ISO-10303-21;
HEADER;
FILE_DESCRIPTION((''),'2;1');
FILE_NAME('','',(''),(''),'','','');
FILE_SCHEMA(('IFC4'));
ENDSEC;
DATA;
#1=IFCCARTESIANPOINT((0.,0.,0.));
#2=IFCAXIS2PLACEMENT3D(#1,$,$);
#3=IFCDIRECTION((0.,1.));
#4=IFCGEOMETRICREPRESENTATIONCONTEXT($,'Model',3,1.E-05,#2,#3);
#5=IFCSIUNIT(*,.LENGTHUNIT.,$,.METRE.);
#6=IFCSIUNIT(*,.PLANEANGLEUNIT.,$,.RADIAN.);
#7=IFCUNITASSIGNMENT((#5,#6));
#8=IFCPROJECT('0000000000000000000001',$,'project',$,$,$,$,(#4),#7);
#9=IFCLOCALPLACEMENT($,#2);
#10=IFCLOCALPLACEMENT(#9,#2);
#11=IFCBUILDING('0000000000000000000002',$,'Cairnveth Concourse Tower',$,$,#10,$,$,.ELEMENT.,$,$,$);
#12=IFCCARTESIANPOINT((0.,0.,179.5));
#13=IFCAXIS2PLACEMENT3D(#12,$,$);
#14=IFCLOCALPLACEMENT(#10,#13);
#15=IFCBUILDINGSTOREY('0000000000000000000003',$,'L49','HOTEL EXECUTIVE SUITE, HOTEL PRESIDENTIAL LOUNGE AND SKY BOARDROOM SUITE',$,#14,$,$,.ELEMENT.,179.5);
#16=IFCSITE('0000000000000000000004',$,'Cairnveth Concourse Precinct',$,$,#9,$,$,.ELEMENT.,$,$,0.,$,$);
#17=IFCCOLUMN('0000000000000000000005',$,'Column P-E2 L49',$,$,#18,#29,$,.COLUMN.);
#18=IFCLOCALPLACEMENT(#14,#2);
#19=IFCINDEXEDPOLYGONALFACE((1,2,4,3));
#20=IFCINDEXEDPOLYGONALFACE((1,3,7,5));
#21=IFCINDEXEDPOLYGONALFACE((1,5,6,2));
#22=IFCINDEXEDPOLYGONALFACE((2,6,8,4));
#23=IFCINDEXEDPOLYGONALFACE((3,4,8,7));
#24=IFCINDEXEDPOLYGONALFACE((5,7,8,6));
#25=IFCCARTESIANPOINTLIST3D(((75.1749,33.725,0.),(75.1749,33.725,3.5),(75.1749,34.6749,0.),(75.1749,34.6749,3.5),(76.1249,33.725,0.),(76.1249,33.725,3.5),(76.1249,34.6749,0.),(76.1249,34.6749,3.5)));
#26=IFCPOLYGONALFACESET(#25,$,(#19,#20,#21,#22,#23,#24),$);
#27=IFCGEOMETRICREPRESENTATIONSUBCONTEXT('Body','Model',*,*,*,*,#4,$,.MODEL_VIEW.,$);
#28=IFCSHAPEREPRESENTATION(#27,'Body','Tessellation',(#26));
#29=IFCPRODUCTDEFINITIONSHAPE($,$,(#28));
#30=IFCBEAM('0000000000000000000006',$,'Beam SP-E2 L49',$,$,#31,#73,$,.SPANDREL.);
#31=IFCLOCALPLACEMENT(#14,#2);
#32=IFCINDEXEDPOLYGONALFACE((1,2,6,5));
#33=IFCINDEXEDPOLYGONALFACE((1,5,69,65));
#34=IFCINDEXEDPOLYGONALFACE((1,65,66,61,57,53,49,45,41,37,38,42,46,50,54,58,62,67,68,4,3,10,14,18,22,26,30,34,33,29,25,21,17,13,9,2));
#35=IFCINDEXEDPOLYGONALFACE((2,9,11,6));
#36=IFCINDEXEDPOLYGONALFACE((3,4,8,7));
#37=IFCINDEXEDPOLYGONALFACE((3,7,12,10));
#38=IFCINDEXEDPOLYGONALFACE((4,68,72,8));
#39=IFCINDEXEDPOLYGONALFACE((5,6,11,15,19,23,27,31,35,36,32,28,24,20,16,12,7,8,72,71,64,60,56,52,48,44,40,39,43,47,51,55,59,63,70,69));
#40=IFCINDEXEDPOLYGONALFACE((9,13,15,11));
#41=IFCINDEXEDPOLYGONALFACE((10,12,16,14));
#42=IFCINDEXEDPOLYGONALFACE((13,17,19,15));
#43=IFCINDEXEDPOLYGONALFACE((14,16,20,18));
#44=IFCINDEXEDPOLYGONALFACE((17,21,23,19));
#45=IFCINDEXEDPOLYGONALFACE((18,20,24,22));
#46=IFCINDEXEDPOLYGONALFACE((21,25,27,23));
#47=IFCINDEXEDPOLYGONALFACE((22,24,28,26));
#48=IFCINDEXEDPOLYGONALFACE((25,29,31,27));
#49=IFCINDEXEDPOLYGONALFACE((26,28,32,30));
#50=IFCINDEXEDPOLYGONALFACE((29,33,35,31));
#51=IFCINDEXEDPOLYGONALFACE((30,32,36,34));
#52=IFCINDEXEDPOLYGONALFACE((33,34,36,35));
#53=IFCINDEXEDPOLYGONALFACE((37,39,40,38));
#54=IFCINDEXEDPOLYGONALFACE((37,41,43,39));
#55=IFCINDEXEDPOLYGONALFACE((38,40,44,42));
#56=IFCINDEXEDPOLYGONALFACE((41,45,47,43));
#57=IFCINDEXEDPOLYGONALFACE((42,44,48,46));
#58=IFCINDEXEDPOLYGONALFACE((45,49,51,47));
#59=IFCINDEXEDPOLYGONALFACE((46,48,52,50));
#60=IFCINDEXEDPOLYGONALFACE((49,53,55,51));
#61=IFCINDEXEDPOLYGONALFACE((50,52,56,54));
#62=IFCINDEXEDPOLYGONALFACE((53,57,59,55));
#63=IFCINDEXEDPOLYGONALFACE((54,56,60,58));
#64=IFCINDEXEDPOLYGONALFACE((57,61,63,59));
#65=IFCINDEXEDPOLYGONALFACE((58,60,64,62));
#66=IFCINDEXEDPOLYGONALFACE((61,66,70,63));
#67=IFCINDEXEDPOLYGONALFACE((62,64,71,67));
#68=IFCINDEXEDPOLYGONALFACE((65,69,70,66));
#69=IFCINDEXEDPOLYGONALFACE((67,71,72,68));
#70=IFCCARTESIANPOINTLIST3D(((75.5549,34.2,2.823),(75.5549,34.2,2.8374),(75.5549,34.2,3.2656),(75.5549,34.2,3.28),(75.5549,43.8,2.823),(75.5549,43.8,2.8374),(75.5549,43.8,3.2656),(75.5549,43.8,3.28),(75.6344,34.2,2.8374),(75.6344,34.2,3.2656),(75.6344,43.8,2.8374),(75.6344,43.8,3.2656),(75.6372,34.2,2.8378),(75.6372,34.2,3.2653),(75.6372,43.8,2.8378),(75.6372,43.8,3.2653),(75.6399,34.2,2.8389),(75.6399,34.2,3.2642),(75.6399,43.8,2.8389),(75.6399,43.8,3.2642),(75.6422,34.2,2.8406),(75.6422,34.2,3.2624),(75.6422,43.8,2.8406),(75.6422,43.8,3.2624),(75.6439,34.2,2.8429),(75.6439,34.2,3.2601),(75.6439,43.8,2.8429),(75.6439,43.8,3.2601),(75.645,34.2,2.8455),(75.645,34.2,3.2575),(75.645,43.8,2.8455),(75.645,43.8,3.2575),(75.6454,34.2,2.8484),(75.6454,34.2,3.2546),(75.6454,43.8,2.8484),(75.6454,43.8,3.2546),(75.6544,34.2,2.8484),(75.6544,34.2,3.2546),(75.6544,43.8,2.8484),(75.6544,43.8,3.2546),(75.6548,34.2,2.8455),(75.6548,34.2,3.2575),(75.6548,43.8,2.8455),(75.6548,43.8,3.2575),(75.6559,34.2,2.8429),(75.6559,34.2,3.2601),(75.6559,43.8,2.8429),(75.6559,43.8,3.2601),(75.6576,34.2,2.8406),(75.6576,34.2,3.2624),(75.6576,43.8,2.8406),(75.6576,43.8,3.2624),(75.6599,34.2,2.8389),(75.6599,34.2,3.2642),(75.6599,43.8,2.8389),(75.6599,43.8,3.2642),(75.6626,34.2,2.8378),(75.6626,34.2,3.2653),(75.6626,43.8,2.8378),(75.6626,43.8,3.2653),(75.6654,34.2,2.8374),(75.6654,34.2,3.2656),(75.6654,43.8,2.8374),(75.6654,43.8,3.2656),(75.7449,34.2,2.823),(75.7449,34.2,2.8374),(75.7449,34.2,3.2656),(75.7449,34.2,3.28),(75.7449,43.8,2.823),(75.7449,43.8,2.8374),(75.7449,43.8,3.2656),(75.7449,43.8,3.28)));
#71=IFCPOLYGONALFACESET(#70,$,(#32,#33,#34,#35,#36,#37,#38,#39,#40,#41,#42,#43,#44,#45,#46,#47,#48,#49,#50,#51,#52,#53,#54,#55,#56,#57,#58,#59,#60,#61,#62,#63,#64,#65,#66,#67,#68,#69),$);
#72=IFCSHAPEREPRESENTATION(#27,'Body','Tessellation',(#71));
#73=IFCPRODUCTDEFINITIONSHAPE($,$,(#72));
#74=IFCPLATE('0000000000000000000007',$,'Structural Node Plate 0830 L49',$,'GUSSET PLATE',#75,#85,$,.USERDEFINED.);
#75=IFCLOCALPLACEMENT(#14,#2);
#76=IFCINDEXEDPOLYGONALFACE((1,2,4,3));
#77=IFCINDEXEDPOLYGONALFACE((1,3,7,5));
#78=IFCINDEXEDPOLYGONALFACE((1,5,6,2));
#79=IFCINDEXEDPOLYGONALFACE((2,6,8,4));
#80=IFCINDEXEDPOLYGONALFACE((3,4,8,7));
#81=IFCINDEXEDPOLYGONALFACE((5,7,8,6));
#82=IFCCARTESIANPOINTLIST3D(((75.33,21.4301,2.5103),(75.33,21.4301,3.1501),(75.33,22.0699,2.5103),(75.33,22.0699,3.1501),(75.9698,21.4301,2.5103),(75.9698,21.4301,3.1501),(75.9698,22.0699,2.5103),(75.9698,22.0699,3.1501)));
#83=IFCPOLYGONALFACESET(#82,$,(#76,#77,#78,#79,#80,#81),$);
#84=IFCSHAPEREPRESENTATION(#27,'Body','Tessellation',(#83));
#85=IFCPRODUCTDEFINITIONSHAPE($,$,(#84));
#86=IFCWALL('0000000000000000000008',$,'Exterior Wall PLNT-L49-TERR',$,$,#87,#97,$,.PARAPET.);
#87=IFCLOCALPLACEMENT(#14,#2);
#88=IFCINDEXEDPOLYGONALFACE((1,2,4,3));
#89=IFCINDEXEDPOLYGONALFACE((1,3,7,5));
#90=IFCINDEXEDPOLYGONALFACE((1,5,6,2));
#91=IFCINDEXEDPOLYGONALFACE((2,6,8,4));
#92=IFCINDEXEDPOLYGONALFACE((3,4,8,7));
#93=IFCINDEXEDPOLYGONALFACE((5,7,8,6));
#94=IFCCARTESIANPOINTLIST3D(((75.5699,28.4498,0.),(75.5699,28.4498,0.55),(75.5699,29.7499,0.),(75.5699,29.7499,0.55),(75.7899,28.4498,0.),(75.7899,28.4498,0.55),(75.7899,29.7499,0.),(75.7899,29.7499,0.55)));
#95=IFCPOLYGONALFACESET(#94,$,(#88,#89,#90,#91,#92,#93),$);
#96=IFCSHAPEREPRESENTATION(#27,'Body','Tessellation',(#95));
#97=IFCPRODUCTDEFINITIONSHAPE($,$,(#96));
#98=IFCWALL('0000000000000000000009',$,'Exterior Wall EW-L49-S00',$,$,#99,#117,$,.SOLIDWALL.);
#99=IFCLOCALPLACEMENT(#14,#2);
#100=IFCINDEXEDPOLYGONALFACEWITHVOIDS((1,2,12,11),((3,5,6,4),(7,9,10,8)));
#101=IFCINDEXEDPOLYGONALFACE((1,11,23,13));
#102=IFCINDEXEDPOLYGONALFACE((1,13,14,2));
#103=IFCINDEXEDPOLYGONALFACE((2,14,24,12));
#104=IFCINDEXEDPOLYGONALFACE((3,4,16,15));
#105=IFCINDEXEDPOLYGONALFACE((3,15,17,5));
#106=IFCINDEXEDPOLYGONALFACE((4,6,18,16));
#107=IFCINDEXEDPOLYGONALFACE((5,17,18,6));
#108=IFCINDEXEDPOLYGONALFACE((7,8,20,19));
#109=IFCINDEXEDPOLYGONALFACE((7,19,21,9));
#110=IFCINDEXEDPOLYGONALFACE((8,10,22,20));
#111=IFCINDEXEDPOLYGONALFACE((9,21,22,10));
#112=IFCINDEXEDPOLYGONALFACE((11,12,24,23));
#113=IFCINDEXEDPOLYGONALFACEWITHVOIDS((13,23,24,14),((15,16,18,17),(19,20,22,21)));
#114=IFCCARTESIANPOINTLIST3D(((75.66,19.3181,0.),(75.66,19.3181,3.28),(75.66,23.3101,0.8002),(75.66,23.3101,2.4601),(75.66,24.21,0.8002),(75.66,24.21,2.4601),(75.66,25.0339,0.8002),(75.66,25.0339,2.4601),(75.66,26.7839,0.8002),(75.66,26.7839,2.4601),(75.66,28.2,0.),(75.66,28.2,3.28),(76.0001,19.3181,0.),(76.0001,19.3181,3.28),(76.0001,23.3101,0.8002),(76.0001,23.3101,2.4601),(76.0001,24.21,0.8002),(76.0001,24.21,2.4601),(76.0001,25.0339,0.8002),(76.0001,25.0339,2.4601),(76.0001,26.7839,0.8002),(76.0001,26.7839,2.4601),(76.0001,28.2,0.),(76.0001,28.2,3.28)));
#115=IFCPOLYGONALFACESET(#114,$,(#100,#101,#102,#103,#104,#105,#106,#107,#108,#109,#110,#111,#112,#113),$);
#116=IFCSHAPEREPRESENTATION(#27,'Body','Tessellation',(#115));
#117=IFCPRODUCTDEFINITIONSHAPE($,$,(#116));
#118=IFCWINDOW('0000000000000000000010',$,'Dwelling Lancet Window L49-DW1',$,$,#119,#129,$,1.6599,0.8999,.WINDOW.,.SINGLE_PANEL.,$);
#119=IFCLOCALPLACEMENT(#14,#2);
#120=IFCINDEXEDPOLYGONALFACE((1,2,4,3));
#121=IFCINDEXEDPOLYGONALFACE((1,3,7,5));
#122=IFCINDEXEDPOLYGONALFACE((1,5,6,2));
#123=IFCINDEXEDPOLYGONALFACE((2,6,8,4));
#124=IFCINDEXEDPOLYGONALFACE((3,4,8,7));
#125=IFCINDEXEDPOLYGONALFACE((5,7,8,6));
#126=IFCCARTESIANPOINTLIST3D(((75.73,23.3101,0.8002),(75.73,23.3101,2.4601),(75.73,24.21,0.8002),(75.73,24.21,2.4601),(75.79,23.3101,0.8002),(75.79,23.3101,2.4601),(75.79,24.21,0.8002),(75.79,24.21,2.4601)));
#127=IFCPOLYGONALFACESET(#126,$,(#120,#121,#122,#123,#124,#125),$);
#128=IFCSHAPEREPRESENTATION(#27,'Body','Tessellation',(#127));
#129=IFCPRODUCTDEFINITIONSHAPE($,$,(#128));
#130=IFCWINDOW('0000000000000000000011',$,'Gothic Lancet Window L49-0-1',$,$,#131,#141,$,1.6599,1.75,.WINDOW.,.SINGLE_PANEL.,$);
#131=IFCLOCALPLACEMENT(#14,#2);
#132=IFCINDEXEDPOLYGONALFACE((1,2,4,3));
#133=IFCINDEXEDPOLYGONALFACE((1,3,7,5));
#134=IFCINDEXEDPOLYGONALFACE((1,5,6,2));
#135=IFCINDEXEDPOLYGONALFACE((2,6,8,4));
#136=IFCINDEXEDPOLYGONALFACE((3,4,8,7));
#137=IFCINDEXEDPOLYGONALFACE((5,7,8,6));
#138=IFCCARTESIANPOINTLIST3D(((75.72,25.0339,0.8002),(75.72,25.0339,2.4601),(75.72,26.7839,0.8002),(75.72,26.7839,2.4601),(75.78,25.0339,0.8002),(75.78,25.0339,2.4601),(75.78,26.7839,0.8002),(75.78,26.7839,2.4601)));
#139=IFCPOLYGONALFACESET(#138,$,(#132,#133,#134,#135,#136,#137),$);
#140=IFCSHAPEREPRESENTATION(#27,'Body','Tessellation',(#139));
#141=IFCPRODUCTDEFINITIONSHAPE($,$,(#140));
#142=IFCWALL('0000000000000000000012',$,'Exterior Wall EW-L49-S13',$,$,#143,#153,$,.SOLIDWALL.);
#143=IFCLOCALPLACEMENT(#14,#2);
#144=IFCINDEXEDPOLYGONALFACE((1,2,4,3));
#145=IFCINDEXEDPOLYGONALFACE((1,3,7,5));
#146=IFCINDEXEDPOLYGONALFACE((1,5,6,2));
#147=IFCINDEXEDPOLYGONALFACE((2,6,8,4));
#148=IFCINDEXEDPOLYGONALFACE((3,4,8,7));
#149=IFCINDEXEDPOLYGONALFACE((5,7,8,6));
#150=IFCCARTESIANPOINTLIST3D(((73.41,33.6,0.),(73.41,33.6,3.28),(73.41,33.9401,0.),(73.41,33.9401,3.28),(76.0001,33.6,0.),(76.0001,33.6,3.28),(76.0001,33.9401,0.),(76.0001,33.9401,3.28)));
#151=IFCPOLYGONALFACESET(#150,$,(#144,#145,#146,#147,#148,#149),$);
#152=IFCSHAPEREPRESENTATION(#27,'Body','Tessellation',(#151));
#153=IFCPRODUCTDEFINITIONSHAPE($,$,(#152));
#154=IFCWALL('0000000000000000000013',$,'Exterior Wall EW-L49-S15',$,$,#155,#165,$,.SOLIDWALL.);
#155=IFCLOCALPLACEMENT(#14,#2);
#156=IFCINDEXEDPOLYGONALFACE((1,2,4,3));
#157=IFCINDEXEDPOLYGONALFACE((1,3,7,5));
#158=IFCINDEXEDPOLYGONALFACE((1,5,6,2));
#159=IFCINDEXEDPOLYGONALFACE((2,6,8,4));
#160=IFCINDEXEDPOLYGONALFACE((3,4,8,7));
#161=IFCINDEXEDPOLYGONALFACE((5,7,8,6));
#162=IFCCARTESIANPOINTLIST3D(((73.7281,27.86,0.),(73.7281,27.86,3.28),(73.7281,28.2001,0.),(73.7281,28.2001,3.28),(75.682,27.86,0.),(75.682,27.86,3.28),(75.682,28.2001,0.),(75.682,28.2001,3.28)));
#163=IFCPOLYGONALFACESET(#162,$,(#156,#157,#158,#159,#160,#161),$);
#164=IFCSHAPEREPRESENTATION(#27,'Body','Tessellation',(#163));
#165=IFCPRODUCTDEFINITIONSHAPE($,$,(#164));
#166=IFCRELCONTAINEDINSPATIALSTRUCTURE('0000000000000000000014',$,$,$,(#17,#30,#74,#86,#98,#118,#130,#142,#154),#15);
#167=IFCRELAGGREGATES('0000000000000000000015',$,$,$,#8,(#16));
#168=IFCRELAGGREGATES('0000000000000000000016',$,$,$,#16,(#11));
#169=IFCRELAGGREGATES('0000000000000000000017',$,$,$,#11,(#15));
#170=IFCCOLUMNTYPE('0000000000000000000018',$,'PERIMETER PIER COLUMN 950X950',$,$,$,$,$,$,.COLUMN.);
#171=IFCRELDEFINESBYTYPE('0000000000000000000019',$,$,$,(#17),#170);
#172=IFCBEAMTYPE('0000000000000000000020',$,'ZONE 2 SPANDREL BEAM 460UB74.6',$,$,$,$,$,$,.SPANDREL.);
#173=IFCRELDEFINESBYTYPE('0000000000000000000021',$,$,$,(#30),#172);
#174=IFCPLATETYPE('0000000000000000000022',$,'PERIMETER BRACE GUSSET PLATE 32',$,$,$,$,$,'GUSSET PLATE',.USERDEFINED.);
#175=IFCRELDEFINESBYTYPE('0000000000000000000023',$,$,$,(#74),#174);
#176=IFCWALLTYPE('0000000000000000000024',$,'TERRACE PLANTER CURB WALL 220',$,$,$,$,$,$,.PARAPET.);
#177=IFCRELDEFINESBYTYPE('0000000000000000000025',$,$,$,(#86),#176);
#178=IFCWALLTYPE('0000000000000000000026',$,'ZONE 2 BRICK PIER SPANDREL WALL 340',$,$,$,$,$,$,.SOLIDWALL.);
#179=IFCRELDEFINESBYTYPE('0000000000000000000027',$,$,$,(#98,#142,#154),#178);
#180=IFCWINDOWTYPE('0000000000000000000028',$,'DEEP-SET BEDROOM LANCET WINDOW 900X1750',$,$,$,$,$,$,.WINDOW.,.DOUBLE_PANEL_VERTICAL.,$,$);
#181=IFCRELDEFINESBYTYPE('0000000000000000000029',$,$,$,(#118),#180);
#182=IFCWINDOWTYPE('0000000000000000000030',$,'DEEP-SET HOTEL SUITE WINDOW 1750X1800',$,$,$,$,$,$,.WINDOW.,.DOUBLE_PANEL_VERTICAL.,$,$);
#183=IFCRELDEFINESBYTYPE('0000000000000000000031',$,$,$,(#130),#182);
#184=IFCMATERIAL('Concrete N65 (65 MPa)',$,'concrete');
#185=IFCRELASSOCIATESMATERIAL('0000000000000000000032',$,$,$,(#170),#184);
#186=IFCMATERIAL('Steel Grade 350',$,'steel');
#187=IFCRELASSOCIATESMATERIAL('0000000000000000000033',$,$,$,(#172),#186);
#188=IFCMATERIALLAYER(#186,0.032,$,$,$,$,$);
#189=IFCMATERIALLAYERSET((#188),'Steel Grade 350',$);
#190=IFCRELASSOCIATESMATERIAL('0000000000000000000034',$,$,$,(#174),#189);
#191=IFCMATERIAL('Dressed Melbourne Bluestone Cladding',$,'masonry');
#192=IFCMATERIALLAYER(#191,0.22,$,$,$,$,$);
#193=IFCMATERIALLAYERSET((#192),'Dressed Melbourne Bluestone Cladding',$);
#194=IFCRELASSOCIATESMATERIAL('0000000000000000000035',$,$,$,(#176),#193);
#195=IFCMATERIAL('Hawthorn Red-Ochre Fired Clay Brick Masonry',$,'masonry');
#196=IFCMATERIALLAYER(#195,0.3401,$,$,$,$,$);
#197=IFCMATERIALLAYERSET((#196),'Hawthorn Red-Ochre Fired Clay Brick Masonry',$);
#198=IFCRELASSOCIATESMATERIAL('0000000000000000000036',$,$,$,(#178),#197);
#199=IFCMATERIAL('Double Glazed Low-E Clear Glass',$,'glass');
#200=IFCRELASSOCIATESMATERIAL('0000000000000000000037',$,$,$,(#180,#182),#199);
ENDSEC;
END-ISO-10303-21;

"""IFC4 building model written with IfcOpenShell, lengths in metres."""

from ifc_helpers import new_model, si_unit, direction, frame, frame_2d, origin, origin_2d, place, context, subcontext, project, spatial, rectangle, i_section, extrude, material, layer, layer_set, material_profile, profile_set, type_object, element, fill, save


model = new_model("IFC4")

# Units and contexts
model_context = context("Model", 3, precision=1e-05, world=origin(), true_north=direction((0.0, 1.0)))
body_context = subcontext(model_context, "Body", "Model", "MODEL_VIEW")
ifc_project = project(units=[si_unit("LENGTHUNIT", "METRE"), si_unit("PLANEANGLEUNIT", "RADIAN")], contexts=[model_context])

# Site, building, storey
site_placement = place(None, origin())
site = spatial("IfcSite", under=ifc_project, at=site_placement, Name="Cairnveth Concourse Precinct", CompositionType="ELEMENT", RefElevation=0.0)
building_placement = place(site_placement, origin())
building = spatial("IfcBuilding", under=site, at=building_placement, Name="Cairnveth Concourse Tower", CompositionType="ELEMENT")
storey_placement = place(building_placement, frame((0.0, 0.0, 179.5)))
storey = spatial("IfcBuildingStorey", under=building, at=storey_placement, Name="L49", Description="HOTEL EXECUTIVE SUITE, HOTEL PRESIDENTIAL LOUNGE AND SKY BOARDROOM SUITE", CompositionType="ELEMENT", Elevation=179.5)

# Column
ifc_material_1 = material(Name="Concrete N65 (65 MPa)", Category="concrete")
ifc_material_profile_1 = material_profile(ifc_material_1, rectangle(XDim=0.95, YDim=0.95, at=origin_2d()), Name="RC-COL-950x950")
ifc_profile_set_1 = profile_set([ifc_material_profile_1], Name="Concrete N65 (65 MPa)")
column_type = type_object("IfcColumnType", Name="PERIMETER PIER COLUMN 950X950", PredefinedType="COLUMN", material=ifc_profile_set_1)
column_placement = place(storey_placement, frame((75.6499, 34.2, 0.0), z_axis=(0.0, 0.0, 1.0), x_axis=(0.0, 1.0, 0.0)))
element("IfcColumn", 1, at=column_placement, inside=storey, type_object=column_type, Name="Column P-E2 L49", PredefinedType="COLUMN", context=body_context, shape_type="SweptSolid", body=[
    extrude(rectangle(XDim=0.95, YDim=0.95, at=origin_2d()), origin(), (0.0, 0.0, 1.0), 3.5),
])

# Beam
ifc_material_2 = material(Name="Steel Grade 350", Category="steel")
ifc_material_profile_2 = material_profile(ifc_material_2, i_section(OverallWidth=0.1899, OverallDepth=0.457, WebThickness=0.009, FlangeThickness=0.0144, FilletRadius=0.011, at=origin_2d()), Name="460UB74.6")
ifc_profile_set_2 = profile_set([ifc_material_profile_2], Name="Steel Grade 350")
beam_type = type_object("IfcBeamType", Name="ZONE 2 SPANDREL BEAM 460UB74.6", PredefinedType="SPANDREL", material=ifc_profile_set_2)
beam_placement = place(storey_placement, frame((75.6499, 34.2, 3.0515), z_axis=(0.0, 1.0, 0.0), x_axis=(-1.0, 0.0, 0.0)))
element("IfcBeam", 2, at=beam_placement, inside=storey, type_object=beam_type, Name="Beam SP-E2 L49", PredefinedType="SPANDREL", context=body_context, shape_type="SweptSolid", body=[
    extrude(i_section(OverallWidth=0.1899, OverallDepth=0.457, WebThickness=0.009, FlangeThickness=0.0144, FilletRadius=0.011, at=origin_2d()), origin(), (0.0, 0.0, 1.0), 9.6001),
])

# Plate
ifc_layer_1 = layer(ifc_material_2, 0.032)
ifc_layer_set_1 = layer_set([ifc_layer_1], Name="Steel Grade 350")
plate_type = type_object("IfcPlateType", Name="PERIMETER BRACE GUSSET PLATE 32", ElementType="GUSSET PLATE", PredefinedType="USERDEFINED", material=ifc_layer_set_1)
plate_placement = place(storey_placement, frame((75.6499, 21.75, 2.5103), z_axis=(0.0, 0.0, 1.0), x_axis=(1.0, 0.0, 0.0)))
element("IfcPlate", 3, at=plate_placement, inside=storey, type_object=plate_type, Name="Structural Node Plate 0830 L49", ObjectType="GUSSET PLATE", PredefinedType="USERDEFINED", context=body_context, shape_type="SweptSolid", body=[
    extrude(rectangle(XDim=0.6399, YDim=0.6399, at=origin_2d()), origin(), (0.0, 0.0, 1.0), 0.6399),
])

# Wall
ifc_material_3 = material(Name="Dressed Melbourne Bluestone Cladding", Category="masonry")
ifc_layer_2 = layer(ifc_material_3, 0.22)
ifc_layer_set_2 = layer_set([ifc_layer_2], Name="Dressed Melbourne Bluestone Cladding")
wall_type_1 = type_object("IfcWallType", Name="TERRACE PLANTER CURB WALL 220", PredefinedType="PARAPET", material=ifc_layer_set_2)
wall_1_placement = place(storey_placement, frame((75.6799, 28.45, 0.0), z_axis=(0.0, 0.0, 1.0), x_axis=(0.0, 1.0, 0.0)))
element("IfcWall", 4, at=wall_1_placement, inside=storey, type_object=wall_type_1, Name="Exterior Wall PLNT-L49-TERR", PredefinedType="PARAPET", context=body_context, shape_type="SweptSolid", body=[
    extrude(rectangle(XDim=1.3, YDim=0.22, at=frame_2d((0.6499, 0.0))), origin(), (0.0, 0.0, 1.0), 0.55),
])

# Wall, openings, windows
ifc_material_4 = material(Name="Hawthorn Red-Ochre Fired Clay Brick Masonry", Category="masonry")
ifc_layer_3 = layer(ifc_material_4, 0.3401)
ifc_layer_set_3 = layer_set([ifc_layer_3], Name="Hawthorn Red-Ochre Fired Clay Brick Masonry")
wall_type_2 = type_object("IfcWallType", Name="ZONE 2 BRICK PIER SPANDREL WALL 340", PredefinedType="SOLIDWALL", material=ifc_layer_set_3)
wall_2_placement = place(storey_placement, frame((75.8301, 28.2, 0.0), z_axis=(0.0, 0.0, 1.0), x_axis=(0.0, -1.0, 0.0)))
wall_2 = element("IfcWall", 5, at=wall_2_placement, inside=storey, type_object=wall_type_2, Name="Exterior Wall EW-L49-S00", PredefinedType="SOLIDWALL", context=body_context, shape_type="SweptSolid", body=[
    extrude(rectangle(XDim=8.8818, YDim=0.3401, at=frame_2d((4.4409, 0.0))), origin(), (0.0, 0.0, 1.0), 3.28),
])
opening_1_placement = place(wall_2_placement, frame((1.416, 0.0, 0.8)))
opening_1 = element("IfcOpeningElement", 6, at=opening_1_placement, cuts=wall_2, PredefinedType="OPENING", context=body_context, shape_type="SweptSolid", body=[
    extrude(rectangle(XDim=1.75, YDim=1.6599, at=frame_2d((0.875, 0.8301))), frame((0.0, 0.1799, 0.0), z_axis=(0.0, -1.0, 0.0), x_axis=(1.0, 0.0, 0.0)), (0.0, 0.0, 1.0), 0.3601),
])
opening_2_placement = place(wall_2_placement, frame((3.99, 0.0, 0.8)))
opening_2 = element("IfcOpeningElement", 7, at=opening_2_placement, cuts=wall_2, PredefinedType="OPENING", context=body_context, shape_type="SweptSolid", body=[
    extrude(rectangle(XDim=0.8999, YDim=1.6599, at=frame_2d((0.45, 0.8301))), frame((0.0, 0.1799, 0.0), z_axis=(0.0, -1.0, 0.0), x_axis=(1.0, 0.0, 0.0)), (0.0, 0.0, 1.0), 0.3601),
])
ifc_material_5 = material(Name="Double Glazed Low-E Clear Glass", Category="glass")
window_type_1 = type_object("IfcWindowType", Name="DEEP-SET BEDROOM LANCET WINDOW 900X1750", PartitioningType="DOUBLE_PANEL_VERTICAL", PredefinedType="WINDOW", material=ifc_material_5)
window_1_placement = place(opening_2_placement, origin())
window_1 = element("IfcWindow", 8, at=window_1_placement, inside=storey, type_object=window_type_1, Name="Dwelling Lancet Window L49-DW1", OverallHeight=1.6599, OverallWidth=0.8999, PartitioningType="SINGLE_PANEL", PredefinedType="WINDOW", context=body_context, shape_type="SweptSolid", body=[
    extrude(rectangle(XDim=0.8999, YDim=1.6599, at=frame_2d((0.45, 0.8301))), frame((0.0, -0.04, 0.0), z_axis=(0.0, -1.0, 0.0), x_axis=(1.0, 0.0, 0.0)), (0.0, 0.0, 1.0), 0.0601),
])
fill(opening_2, window_1)
window_type_2 = type_object("IfcWindowType", Name="DEEP-SET HOTEL SUITE WINDOW 1750X1800", PartitioningType="DOUBLE_PANEL_VERTICAL", PredefinedType="WINDOW", material=ifc_material_5)
window_2_placement = place(opening_1_placement, origin())
window_2 = element("IfcWindow", 9, at=window_2_placement, inside=storey, type_object=window_type_2, Name="Gothic Lancet Window L49-0-1", OverallHeight=1.6599, OverallWidth=1.75, PartitioningType="SINGLE_PANEL", PredefinedType="WINDOW", context=body_context, shape_type="SweptSolid", body=[
    extrude(rectangle(XDim=1.75, YDim=1.6599, at=frame_2d((0.875, 0.8301))), frame((0.0, -0.05, 0.0), z_axis=(0.0, -1.0, 0.0), x_axis=(1.0, 0.0, 0.0)), (0.0, 0.0, 1.0), 0.0601),
])
fill(opening_1, window_2)

# Wall
wall_3_placement = place(storey_placement, frame((76.0, 33.77, 0.0), z_axis=(0.0, 0.0, 1.0), x_axis=(-1.0, 0.0, 0.0)))
element("IfcWall", 10, at=wall_3_placement, inside=storey, type_object=wall_type_2, Name="Exterior Wall EW-L49-S13", PredefinedType="SOLIDWALL", context=body_context, shape_type="SweptSolid", body=[
    extrude(rectangle(XDim=2.5901, YDim=0.3401, at=frame_2d((1.2949, 0.0))), origin(), (0.0, 0.0, 1.0), 3.28),
])

# Wall
wall_4_placement = place(storey_placement, frame((73.728, 28.03, 0.0), z_axis=(0.0, 0.0, 1.0), x_axis=(1.0, 0.0, 0.0)))
element("IfcWall", 11, at=wall_4_placement, inside=storey, type_object=wall_type_2, Name="Exterior Wall EW-L49-S15", PredefinedType="SOLIDWALL", context=body_context, shape_type="SweptSolid", body=[
    extrude(rectangle(XDim=1.9539, YDim=0.3401, at=frame_2d((0.9771, 0.0))), origin(), (0.0, 0.0, 1.0), 3.28),
])

save(model, "model.ifc")
